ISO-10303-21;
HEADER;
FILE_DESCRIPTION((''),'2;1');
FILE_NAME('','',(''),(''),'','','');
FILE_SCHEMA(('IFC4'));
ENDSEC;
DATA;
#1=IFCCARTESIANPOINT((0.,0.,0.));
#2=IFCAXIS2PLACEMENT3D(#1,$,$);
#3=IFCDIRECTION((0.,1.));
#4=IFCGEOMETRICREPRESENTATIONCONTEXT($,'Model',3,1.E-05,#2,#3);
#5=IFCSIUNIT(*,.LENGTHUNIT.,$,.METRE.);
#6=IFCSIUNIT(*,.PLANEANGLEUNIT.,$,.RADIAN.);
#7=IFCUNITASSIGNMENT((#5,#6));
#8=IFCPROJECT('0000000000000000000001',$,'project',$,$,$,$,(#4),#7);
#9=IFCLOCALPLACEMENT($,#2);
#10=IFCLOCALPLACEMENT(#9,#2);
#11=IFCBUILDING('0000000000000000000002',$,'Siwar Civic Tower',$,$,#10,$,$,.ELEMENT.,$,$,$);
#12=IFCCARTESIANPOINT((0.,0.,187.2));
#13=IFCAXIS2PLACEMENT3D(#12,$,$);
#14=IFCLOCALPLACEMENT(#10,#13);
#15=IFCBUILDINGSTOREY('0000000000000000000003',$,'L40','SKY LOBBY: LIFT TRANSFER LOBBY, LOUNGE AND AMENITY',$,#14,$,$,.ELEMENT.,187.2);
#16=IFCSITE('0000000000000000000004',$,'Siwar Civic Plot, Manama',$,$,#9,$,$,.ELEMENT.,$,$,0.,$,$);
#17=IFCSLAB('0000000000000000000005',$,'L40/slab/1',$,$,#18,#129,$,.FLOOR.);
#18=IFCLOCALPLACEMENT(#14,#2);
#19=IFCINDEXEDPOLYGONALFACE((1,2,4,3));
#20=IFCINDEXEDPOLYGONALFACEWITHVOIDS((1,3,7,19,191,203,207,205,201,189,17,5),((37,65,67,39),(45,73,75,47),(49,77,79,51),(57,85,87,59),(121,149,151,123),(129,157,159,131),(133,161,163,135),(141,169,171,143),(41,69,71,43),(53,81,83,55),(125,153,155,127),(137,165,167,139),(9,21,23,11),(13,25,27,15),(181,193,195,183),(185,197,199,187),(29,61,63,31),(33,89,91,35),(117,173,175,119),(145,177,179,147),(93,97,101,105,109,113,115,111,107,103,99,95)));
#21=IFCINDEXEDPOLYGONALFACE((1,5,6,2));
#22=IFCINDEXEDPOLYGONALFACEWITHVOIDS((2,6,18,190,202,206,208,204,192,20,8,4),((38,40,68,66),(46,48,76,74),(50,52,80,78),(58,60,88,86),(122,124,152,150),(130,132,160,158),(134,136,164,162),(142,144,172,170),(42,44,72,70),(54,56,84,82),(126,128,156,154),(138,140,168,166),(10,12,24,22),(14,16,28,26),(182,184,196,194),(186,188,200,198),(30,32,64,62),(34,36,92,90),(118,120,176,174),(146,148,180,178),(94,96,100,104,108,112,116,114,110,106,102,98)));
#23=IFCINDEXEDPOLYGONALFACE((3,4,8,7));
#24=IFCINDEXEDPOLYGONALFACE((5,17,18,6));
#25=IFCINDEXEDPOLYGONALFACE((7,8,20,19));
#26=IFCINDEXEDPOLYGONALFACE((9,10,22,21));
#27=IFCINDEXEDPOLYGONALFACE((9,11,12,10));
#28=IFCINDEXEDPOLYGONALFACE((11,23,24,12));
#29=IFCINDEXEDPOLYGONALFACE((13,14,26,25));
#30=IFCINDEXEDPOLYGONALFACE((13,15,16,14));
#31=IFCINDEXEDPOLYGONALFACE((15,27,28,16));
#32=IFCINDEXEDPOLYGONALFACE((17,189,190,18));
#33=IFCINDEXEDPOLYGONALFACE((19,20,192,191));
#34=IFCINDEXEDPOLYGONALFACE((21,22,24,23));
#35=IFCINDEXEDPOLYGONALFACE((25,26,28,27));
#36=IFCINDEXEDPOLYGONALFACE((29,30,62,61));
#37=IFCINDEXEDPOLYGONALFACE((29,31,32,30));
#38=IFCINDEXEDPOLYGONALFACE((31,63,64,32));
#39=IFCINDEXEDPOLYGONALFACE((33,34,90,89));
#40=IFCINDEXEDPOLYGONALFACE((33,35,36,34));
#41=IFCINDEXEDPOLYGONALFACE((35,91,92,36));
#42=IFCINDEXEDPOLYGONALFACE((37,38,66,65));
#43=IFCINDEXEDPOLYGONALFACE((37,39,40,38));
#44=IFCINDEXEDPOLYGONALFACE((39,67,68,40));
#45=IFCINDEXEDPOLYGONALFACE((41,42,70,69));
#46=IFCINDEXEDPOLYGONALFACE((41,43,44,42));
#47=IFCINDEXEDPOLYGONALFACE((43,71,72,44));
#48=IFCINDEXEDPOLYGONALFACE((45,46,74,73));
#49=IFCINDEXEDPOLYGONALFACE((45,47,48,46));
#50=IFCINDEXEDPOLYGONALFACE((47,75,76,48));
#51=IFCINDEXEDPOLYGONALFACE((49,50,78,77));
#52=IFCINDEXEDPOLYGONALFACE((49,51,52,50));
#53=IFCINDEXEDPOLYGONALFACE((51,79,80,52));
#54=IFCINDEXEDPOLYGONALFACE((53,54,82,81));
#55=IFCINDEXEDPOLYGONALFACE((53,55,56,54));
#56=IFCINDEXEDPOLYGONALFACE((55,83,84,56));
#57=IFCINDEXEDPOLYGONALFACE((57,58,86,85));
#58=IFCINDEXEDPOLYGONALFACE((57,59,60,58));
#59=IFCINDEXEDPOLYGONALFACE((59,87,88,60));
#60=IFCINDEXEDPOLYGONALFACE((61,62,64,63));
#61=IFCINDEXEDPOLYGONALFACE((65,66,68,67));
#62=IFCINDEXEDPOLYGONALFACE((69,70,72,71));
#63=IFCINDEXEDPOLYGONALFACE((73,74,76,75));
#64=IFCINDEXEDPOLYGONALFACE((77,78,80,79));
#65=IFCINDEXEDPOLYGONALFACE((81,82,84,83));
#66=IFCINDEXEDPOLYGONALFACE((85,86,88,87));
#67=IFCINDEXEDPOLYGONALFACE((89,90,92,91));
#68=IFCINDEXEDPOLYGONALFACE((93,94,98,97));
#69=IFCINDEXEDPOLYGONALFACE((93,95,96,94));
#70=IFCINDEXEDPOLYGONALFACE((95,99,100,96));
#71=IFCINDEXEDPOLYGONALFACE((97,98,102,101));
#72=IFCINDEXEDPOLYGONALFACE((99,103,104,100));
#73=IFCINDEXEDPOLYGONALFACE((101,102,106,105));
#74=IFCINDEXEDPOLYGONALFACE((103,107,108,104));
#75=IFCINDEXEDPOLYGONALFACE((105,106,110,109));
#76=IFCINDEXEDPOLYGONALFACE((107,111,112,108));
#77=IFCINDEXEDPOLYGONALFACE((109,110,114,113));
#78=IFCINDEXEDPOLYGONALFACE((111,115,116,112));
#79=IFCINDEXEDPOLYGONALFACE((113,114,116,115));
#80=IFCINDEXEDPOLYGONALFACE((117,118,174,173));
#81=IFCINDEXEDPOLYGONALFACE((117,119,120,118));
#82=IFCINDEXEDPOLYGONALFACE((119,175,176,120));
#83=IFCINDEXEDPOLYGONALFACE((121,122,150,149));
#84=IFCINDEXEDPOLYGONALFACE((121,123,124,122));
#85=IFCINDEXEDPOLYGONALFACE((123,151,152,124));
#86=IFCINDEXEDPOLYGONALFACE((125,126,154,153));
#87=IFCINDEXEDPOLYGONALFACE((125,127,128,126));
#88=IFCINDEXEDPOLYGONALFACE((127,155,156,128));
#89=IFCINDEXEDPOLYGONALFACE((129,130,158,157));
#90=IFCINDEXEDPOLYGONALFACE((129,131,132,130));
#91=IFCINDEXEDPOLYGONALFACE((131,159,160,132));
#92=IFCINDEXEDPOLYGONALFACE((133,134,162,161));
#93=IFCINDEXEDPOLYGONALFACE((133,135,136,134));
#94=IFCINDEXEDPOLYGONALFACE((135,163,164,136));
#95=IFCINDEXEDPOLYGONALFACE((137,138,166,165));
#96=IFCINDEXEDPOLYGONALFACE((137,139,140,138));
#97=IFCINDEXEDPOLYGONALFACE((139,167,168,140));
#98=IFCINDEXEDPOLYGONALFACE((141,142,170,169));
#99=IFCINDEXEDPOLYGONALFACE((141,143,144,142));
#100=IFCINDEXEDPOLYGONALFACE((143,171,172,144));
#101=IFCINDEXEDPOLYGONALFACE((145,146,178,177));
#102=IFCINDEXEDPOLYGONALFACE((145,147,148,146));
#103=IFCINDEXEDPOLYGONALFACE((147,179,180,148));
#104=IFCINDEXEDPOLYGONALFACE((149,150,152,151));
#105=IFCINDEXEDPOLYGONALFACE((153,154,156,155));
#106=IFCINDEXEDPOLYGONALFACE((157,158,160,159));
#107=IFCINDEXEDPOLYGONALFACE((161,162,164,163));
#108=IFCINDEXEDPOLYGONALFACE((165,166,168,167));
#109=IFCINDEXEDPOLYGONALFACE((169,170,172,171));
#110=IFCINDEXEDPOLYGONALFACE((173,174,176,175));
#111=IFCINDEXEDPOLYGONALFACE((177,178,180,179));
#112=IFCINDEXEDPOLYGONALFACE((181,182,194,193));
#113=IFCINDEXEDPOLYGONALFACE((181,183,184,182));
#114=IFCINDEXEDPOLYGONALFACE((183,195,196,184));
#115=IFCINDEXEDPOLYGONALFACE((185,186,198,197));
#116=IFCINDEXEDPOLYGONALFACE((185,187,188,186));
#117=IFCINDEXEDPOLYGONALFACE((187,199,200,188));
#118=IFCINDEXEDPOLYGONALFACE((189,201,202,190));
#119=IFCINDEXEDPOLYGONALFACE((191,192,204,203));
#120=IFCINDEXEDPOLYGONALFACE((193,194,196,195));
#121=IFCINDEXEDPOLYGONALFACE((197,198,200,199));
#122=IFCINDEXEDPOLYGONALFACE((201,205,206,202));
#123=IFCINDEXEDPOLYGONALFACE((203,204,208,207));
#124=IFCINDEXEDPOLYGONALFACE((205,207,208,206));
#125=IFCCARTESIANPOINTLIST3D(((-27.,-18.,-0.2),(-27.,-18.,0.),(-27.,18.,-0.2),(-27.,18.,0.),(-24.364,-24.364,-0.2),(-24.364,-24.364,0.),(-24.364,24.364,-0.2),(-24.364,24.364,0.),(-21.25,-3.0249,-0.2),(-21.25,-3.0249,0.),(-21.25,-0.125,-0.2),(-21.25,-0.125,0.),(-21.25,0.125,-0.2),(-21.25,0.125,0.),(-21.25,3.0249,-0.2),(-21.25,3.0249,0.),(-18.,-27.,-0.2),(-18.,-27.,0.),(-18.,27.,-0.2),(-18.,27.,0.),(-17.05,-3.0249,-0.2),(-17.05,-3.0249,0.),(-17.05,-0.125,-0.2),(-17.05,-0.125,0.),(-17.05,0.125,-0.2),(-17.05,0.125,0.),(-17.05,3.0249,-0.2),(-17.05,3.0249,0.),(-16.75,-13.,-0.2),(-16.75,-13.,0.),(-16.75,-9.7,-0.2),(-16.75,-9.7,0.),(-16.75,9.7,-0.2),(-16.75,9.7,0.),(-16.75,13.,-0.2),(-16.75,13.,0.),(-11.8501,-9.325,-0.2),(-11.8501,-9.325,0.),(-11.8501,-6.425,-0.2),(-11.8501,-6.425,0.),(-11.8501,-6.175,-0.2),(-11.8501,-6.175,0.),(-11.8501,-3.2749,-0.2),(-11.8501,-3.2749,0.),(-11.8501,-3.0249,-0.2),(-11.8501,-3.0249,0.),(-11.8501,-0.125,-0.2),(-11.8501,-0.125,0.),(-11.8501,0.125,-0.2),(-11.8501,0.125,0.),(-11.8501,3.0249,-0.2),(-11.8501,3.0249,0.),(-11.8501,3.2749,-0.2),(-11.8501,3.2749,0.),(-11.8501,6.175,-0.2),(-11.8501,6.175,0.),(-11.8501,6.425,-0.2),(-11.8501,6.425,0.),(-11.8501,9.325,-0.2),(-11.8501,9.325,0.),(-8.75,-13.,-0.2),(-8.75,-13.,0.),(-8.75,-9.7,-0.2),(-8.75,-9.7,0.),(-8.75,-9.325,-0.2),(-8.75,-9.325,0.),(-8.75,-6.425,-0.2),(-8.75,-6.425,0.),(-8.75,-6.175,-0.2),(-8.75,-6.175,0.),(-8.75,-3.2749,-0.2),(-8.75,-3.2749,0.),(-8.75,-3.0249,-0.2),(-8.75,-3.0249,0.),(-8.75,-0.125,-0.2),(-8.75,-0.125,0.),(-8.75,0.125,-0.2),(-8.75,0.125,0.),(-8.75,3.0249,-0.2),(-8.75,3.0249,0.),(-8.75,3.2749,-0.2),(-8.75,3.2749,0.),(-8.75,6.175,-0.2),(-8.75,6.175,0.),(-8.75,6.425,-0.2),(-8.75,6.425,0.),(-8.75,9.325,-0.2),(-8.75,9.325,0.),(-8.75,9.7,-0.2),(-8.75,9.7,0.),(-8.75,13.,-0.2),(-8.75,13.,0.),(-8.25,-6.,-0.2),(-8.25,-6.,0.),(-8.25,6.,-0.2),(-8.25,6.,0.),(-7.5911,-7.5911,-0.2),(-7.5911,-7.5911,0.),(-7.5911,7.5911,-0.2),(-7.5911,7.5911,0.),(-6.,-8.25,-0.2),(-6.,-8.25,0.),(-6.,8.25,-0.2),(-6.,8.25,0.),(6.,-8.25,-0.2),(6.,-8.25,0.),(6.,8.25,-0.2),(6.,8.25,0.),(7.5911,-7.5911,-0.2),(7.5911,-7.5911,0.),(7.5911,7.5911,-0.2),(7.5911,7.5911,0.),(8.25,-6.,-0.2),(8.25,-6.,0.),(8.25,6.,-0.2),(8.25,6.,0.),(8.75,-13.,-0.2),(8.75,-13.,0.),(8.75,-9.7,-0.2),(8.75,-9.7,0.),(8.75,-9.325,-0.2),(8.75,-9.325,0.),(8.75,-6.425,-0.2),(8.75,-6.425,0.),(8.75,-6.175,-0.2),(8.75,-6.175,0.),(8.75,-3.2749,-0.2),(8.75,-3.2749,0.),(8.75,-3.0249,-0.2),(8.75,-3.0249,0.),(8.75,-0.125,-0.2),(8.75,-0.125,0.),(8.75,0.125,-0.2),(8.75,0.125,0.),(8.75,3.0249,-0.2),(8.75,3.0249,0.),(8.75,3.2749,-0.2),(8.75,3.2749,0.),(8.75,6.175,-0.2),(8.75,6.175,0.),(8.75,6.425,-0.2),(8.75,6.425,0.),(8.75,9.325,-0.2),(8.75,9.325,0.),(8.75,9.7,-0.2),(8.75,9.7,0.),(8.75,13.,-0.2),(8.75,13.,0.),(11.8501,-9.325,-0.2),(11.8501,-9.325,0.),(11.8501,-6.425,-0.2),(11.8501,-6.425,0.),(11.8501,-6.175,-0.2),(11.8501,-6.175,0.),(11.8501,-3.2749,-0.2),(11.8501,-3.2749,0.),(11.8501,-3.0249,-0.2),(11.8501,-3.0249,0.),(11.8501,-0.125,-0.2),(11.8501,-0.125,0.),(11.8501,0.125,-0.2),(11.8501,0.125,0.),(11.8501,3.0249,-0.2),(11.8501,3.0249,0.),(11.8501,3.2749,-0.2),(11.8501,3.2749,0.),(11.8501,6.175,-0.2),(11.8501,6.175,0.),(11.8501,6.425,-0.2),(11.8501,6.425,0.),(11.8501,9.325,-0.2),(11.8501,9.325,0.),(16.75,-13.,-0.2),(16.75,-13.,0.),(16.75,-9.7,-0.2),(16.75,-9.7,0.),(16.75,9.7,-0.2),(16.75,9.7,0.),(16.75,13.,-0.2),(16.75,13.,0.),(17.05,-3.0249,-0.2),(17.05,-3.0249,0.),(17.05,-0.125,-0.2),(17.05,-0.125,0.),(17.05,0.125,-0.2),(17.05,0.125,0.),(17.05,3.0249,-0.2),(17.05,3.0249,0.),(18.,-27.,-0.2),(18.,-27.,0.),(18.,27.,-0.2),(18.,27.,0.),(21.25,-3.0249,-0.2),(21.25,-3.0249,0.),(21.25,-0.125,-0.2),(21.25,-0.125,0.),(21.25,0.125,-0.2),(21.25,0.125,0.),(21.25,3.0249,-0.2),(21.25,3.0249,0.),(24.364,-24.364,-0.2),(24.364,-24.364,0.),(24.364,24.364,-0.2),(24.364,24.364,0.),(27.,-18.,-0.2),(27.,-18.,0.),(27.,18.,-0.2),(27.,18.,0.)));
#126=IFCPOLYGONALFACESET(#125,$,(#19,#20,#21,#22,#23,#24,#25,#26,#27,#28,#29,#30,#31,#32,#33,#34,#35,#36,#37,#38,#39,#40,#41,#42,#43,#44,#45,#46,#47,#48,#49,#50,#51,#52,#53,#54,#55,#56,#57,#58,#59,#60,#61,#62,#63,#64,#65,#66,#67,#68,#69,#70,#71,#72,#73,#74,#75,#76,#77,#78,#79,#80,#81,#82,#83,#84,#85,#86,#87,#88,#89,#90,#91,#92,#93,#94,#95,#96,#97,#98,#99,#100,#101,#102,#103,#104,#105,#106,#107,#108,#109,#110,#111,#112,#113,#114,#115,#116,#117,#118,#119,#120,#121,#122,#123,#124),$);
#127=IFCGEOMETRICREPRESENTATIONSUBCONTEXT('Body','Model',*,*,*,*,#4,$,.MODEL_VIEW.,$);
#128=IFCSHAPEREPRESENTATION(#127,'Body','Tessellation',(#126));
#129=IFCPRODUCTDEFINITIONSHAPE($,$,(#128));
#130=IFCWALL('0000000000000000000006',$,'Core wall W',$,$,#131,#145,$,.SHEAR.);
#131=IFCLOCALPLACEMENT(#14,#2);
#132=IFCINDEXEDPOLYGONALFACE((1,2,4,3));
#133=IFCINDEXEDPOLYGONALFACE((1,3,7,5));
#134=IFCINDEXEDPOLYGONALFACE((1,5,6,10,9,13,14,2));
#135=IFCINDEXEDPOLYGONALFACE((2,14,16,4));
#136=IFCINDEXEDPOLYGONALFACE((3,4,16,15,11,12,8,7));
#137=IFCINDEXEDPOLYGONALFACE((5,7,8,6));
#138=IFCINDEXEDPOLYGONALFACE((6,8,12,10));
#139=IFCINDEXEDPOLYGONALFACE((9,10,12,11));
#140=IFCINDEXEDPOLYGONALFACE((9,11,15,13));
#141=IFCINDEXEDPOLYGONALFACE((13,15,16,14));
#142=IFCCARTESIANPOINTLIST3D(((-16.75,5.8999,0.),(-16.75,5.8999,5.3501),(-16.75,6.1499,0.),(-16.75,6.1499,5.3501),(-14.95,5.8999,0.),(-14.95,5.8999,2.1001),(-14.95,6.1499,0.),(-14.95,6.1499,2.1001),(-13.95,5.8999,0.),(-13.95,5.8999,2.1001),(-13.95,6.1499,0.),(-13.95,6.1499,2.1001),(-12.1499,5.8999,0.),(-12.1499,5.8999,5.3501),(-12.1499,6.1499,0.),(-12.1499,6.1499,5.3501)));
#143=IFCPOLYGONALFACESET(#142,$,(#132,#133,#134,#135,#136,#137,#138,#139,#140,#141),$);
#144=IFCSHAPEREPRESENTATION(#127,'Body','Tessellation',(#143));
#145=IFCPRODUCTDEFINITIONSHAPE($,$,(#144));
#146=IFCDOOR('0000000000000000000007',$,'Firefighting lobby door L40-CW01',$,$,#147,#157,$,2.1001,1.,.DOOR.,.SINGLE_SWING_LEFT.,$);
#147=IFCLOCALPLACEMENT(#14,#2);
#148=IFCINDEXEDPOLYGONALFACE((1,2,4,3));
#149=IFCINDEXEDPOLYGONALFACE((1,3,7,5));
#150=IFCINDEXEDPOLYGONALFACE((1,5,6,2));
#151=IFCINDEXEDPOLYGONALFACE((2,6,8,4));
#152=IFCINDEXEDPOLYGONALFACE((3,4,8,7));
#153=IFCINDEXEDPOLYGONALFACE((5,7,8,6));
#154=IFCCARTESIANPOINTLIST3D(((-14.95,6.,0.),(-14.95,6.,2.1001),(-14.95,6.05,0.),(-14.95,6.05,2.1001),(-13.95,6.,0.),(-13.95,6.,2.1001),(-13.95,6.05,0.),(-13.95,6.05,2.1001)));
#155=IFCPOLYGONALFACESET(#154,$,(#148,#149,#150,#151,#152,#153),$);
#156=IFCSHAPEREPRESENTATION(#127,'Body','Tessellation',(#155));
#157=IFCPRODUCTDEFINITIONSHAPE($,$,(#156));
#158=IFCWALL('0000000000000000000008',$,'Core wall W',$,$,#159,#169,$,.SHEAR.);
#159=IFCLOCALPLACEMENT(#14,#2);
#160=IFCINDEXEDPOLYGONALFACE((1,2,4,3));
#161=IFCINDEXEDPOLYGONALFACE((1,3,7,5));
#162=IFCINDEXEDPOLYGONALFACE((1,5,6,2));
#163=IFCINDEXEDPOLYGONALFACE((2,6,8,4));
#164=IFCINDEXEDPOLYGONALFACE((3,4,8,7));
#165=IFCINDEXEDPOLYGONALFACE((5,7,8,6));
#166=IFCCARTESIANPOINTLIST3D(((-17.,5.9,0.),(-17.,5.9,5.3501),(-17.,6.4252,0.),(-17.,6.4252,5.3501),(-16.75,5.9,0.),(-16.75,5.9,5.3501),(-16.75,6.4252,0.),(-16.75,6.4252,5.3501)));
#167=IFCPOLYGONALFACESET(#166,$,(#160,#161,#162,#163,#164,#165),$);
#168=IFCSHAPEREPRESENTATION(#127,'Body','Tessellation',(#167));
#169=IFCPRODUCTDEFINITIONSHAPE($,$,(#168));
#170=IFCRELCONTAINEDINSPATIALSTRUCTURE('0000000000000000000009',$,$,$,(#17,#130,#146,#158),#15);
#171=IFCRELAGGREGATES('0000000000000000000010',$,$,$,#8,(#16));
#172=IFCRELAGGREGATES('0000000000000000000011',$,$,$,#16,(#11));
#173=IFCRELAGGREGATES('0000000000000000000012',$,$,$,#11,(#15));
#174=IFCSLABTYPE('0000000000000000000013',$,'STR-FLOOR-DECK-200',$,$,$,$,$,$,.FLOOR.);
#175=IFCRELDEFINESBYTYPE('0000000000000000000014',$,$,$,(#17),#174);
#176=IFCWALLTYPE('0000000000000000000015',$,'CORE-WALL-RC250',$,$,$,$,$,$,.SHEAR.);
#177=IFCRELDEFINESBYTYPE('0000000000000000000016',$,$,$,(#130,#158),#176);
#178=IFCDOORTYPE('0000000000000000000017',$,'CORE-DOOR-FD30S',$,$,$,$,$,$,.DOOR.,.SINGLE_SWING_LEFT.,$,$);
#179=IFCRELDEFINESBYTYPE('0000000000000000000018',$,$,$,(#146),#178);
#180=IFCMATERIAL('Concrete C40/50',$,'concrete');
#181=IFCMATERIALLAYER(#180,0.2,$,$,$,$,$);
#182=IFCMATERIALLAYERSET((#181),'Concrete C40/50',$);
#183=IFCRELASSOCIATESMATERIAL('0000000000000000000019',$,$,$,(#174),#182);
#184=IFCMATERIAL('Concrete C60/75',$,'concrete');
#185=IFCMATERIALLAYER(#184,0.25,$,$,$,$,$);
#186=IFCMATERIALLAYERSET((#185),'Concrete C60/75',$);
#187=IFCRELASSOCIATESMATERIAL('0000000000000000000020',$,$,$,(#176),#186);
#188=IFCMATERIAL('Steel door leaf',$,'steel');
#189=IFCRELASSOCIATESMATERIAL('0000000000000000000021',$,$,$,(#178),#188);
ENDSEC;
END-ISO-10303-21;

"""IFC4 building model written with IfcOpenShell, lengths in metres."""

from ifc_helpers import new_model, si_unit, direction, frame, frame_2d, origin, place, context, subcontext, project, spatial, polyline, rectangle, outline, extrude, material, layer, layer_set, type_object, element, fill, save


model = new_model("IFC4")

# Units and contexts
model_context = context("Model", 3, precision=1e-05, world=origin(), true_north=direction((0.0, 1.0)))
body_context = subcontext(model_context, "Body", "Model", "MODEL_VIEW")
ifc_project = project(units=[si_unit("LENGTHUNIT", "METRE"), si_unit("PLANEANGLEUNIT", "RADIAN")], contexts=[model_context])

# Site, building, storey
site_placement = place(None, origin())
site = spatial("IfcSite", under=ifc_project, at=site_placement, Name="Siwar Civic Plot, Manama", CompositionType="ELEMENT", RefElevation=0.0)
building_placement = place(site_placement, origin())
building = spatial("IfcBuilding", under=site, at=building_placement, Name="Siwar Civic Tower", CompositionType="ELEMENT")
storey_placement = place(building_placement, frame((0.0, 0.0, 187.2)))
storey = spatial("IfcBuildingStorey", under=building, at=storey_placement, Name="L40", Description="SKY LOBBY: LIFT TRANSFER LOBBY, LOUNGE AND AMENITY", CompositionType="ELEMENT", Elevation=187.2)

# Slab
ifc_material_1 = material(Name="Concrete C40/50", Category="concrete")
ifc_layer_1 = layer(ifc_material_1, 0.2)
ifc_layer_set_1 = layer_set([ifc_layer_1], Name="Concrete C40/50")
slab_type_1 = type_object("IfcSlabType", Name="STR-FLOOR-DECK-200", PredefinedType="FLOOR", material=ifc_layer_set_1)
slab_1_placement = place(storey_placement, frame((0.0, 0.0, -0.2)))
element("IfcSlab", 1, at=slab_1_placement, inside=storey, type_object=slab_type_1, Name="L40/slab/1", PredefinedType="FLOOR", context=body_context, shape_type="SweptSolid", body=[
    extrude(outline(polyline([(-18.0, -27.0), (18.0, -27.0), (24.364, -24.364), (27.0, -18.0), (27.0, 18.0), (24.364, 24.364), (18.0, 27.0), (-18.0, 27.0), (-24.364, 24.364), (-27.0, 18.0), (-27.0, -18.0), (-24.364, -24.364), (-18.0, -27.0)]), holes=[polyline([(21.25, 3.0249), (21.25, 0.125), (17.05, 0.125), (17.05, 3.0249), (21.25, 3.0249)]), polyline([(17.05, -0.125), (21.25, -0.125), (21.25, -3.0249), (17.05, -3.0249), (17.05, -0.125)]), polyline([(16.75, 13.0), (16.75, 9.7), (8.75, 9.7), (8.75, 13.0), (16.75, 13.0)]), polyline([(8.75, -9.7), (16.75, -9.7), (16.75, -13.0), (8.75, -13.0), (8.75, -9.7)]), polyline([(11.8501, 9.325), (11.8501, 6.425), (8.75, 6.425), (8.75, 9.325), (11.8501, 9.325)]), polyline([(11.8501, 3.0249), (11.8501, 0.125), (8.75, 0.125), (8.75, 3.0249), (11.8501, 3.0249)]), polyline([(11.8501, -0.125), (11.8501, -3.0249), (8.75, -3.0249), (8.75, -0.125), (11.8501, -0.125)]), polyline([(11.8501, -3.2749), (11.8501, -6.175), (8.75, -6.175), (8.75, -3.2749), (11.8501, -3.2749)]), polyline([(8.75, 6.175), (11.8501, 6.175), (11.8501, 3.2749), (8.75, 3.2749), (8.75, 6.175)]), polyline([(8.75, -6.425), (11.8501, -6.425), (11.8501, -9.325), (8.75, -9.325), (8.75, -6.425)]), polyline([(-6.0, 8.25), (6.0, 8.25), (7.5911, 7.5911), (8.25, 6.0), (8.25, -6.0), (7.5911, -7.5911), (6.0, -8.25), (-6.0, -8.25), (-7.5911, -7.5911), (-8.25, -6.0), (-8.25, 6.0), (-7.5911, 7.5911), (-6.0, 8.25)]), polyline([(-8.75, 9.7), (-16.75, 9.7), (-16.75, 13.0), (-8.75, 13.0), (-8.75, 9.7)]), polyline([(-8.75, 0.125), (-11.8501, 0.125), (-11.8501, 3.0249), (-8.75, 3.0249), (-8.75, 0.125)]), polyline([(-8.75, -6.175), (-11.8501, -6.175), (-11.8501, -3.2749), (-8.75, -3.2749), (-8.75, -6.175)]), polyline([(-8.75, -9.325), (-11.8501, -9.325), (-11.8501, -6.425), (-8.75, -6.425), (-8.75, -9.325)]), polyline([(-8.75, -13.0), (-16.75, -13.0), (-16.75, -9.7), (-8.75, -9.7), (-8.75, -13.0)]), polyline([(-11.8501, 6.425), (-11.8501, 9.325), (-8.75, 9.325), (-8.75, 6.425), (-11.8501, 6.425)]), polyline([(-11.8501, 3.2749), (-11.8501, 6.175), (-8.75, 6.175), (-8.75, 3.2749), (-11.8501, 3.2749)]), polyline([(-11.8501, -3.0249), (-11.8501, -0.125), (-8.75, -0.125), (-8.75, -3.0249), (-11.8501, -3.0249)]), polyline([(-21.25, -3.0249), (-21.25, -0.125), (-17.05, -0.125), (-17.05, -3.0249), (-21.25, -3.0249)]), polyline([(-17.05, 0.125), (-21.25, 0.125), (-21.25, 3.0249), (-17.05, 3.0249), (-17.05, 0.125)])]), origin(), (0.0, 0.0, 1.0), 0.2),
])

# Wall, opening, door
ifc_material_2 = material(Name="Concrete C60/75", Category="concrete")
ifc_layer_2 = layer(ifc_material_2, 0.25)
ifc_layer_set_2 = layer_set([ifc_layer_2], Name="Concrete C60/75")
wall_type_1 = type_object("IfcWallType", Name="CORE-WALL-RC250", PredefinedType="SHEAR", material=ifc_layer_set_2)
wall_1_placement = place(storey_placement, frame((-12.1499, 6.0249, 0.0), z_axis=(0.0, 0.0, 1.0), x_axis=(-1.0, 0.0, 0.0)))
wall_1 = element("IfcWall", 2, at=wall_1_placement, inside=storey, type_object=wall_type_1, Name="Core wall W", PredefinedType="SHEAR", context=body_context, shape_type="SweptSolid", body=[
    extrude(rectangle(XDim=4.6001, YDim=0.25, at=frame_2d((2.3, 0.0))), origin(), (0.0, 0.0, 1.0), 5.3501),
])
opening_1_placement = place(wall_1_placement, frame((1.8, 0.0, 0.0)))
opening_1 = element("IfcOpeningElement", 3, at=opening_1_placement, cuts=wall_1, PredefinedType="OPENING", context=body_context, shape_type="SweptSolid", body=[
    extrude(rectangle(XDim=1.0, YDim=2.1001, at=frame_2d((0.5, 1.05))), frame((0.0, 0.135, 0.0), z_axis=(0.0, -1.0, 0.0), x_axis=(1.0, 0.0, 0.0)), (0.0, 0.0, 1.0), 0.27),
])
ifc_material_3 = material(Name="Steel door leaf", Category="steel")
door_type_1 = type_object("IfcDoorType", Name="CORE-DOOR-FD30S", OperationType="SINGLE_SWING_LEFT", PredefinedType="DOOR", material=ifc_material_3)
door_1_placement = place(opening_1_placement, origin())
door_1 = element("IfcDoor", 4, at=door_1_placement, inside=storey, type_object=door_type_1, Name="Firefighting lobby door L40-CW01", OperationType="SINGLE_SWING_LEFT", OverallHeight=2.1001, OverallWidth=1.0, PredefinedType="DOOR", context=body_context, shape_type="SweptSolid", body=[
    extrude(rectangle(XDim=1.0, YDim=2.1001, at=frame_2d((0.5, 1.05))), frame((0.0, 0.0249, 0.0), z_axis=(0.0, -1.0, 0.0), x_axis=(1.0, 0.0, 0.0)), (0.0, 0.0, 1.0), 0.05),
])
fill(opening_1, door_1)

# Wall
wall_2_placement = place(storey_placement, frame((-16.875, 5.8999, 0.0), z_axis=(0.0, 0.0, 1.0), x_axis=(0.0, 1.0, 0.0)))
element("IfcWall", 5, at=wall_2_placement, inside=storey, type_object=wall_type_1, Name="Core wall W", PredefinedType="SHEAR", context=body_context, shape_type="SweptSolid", body=[
    extrude(rectangle(XDim=0.5251, YDim=0.25, at=frame_2d((0.2627, 0.0))), origin(), (0.0, 0.0, 1.0), 5.3501),
])

save(model, "model.ifc")
